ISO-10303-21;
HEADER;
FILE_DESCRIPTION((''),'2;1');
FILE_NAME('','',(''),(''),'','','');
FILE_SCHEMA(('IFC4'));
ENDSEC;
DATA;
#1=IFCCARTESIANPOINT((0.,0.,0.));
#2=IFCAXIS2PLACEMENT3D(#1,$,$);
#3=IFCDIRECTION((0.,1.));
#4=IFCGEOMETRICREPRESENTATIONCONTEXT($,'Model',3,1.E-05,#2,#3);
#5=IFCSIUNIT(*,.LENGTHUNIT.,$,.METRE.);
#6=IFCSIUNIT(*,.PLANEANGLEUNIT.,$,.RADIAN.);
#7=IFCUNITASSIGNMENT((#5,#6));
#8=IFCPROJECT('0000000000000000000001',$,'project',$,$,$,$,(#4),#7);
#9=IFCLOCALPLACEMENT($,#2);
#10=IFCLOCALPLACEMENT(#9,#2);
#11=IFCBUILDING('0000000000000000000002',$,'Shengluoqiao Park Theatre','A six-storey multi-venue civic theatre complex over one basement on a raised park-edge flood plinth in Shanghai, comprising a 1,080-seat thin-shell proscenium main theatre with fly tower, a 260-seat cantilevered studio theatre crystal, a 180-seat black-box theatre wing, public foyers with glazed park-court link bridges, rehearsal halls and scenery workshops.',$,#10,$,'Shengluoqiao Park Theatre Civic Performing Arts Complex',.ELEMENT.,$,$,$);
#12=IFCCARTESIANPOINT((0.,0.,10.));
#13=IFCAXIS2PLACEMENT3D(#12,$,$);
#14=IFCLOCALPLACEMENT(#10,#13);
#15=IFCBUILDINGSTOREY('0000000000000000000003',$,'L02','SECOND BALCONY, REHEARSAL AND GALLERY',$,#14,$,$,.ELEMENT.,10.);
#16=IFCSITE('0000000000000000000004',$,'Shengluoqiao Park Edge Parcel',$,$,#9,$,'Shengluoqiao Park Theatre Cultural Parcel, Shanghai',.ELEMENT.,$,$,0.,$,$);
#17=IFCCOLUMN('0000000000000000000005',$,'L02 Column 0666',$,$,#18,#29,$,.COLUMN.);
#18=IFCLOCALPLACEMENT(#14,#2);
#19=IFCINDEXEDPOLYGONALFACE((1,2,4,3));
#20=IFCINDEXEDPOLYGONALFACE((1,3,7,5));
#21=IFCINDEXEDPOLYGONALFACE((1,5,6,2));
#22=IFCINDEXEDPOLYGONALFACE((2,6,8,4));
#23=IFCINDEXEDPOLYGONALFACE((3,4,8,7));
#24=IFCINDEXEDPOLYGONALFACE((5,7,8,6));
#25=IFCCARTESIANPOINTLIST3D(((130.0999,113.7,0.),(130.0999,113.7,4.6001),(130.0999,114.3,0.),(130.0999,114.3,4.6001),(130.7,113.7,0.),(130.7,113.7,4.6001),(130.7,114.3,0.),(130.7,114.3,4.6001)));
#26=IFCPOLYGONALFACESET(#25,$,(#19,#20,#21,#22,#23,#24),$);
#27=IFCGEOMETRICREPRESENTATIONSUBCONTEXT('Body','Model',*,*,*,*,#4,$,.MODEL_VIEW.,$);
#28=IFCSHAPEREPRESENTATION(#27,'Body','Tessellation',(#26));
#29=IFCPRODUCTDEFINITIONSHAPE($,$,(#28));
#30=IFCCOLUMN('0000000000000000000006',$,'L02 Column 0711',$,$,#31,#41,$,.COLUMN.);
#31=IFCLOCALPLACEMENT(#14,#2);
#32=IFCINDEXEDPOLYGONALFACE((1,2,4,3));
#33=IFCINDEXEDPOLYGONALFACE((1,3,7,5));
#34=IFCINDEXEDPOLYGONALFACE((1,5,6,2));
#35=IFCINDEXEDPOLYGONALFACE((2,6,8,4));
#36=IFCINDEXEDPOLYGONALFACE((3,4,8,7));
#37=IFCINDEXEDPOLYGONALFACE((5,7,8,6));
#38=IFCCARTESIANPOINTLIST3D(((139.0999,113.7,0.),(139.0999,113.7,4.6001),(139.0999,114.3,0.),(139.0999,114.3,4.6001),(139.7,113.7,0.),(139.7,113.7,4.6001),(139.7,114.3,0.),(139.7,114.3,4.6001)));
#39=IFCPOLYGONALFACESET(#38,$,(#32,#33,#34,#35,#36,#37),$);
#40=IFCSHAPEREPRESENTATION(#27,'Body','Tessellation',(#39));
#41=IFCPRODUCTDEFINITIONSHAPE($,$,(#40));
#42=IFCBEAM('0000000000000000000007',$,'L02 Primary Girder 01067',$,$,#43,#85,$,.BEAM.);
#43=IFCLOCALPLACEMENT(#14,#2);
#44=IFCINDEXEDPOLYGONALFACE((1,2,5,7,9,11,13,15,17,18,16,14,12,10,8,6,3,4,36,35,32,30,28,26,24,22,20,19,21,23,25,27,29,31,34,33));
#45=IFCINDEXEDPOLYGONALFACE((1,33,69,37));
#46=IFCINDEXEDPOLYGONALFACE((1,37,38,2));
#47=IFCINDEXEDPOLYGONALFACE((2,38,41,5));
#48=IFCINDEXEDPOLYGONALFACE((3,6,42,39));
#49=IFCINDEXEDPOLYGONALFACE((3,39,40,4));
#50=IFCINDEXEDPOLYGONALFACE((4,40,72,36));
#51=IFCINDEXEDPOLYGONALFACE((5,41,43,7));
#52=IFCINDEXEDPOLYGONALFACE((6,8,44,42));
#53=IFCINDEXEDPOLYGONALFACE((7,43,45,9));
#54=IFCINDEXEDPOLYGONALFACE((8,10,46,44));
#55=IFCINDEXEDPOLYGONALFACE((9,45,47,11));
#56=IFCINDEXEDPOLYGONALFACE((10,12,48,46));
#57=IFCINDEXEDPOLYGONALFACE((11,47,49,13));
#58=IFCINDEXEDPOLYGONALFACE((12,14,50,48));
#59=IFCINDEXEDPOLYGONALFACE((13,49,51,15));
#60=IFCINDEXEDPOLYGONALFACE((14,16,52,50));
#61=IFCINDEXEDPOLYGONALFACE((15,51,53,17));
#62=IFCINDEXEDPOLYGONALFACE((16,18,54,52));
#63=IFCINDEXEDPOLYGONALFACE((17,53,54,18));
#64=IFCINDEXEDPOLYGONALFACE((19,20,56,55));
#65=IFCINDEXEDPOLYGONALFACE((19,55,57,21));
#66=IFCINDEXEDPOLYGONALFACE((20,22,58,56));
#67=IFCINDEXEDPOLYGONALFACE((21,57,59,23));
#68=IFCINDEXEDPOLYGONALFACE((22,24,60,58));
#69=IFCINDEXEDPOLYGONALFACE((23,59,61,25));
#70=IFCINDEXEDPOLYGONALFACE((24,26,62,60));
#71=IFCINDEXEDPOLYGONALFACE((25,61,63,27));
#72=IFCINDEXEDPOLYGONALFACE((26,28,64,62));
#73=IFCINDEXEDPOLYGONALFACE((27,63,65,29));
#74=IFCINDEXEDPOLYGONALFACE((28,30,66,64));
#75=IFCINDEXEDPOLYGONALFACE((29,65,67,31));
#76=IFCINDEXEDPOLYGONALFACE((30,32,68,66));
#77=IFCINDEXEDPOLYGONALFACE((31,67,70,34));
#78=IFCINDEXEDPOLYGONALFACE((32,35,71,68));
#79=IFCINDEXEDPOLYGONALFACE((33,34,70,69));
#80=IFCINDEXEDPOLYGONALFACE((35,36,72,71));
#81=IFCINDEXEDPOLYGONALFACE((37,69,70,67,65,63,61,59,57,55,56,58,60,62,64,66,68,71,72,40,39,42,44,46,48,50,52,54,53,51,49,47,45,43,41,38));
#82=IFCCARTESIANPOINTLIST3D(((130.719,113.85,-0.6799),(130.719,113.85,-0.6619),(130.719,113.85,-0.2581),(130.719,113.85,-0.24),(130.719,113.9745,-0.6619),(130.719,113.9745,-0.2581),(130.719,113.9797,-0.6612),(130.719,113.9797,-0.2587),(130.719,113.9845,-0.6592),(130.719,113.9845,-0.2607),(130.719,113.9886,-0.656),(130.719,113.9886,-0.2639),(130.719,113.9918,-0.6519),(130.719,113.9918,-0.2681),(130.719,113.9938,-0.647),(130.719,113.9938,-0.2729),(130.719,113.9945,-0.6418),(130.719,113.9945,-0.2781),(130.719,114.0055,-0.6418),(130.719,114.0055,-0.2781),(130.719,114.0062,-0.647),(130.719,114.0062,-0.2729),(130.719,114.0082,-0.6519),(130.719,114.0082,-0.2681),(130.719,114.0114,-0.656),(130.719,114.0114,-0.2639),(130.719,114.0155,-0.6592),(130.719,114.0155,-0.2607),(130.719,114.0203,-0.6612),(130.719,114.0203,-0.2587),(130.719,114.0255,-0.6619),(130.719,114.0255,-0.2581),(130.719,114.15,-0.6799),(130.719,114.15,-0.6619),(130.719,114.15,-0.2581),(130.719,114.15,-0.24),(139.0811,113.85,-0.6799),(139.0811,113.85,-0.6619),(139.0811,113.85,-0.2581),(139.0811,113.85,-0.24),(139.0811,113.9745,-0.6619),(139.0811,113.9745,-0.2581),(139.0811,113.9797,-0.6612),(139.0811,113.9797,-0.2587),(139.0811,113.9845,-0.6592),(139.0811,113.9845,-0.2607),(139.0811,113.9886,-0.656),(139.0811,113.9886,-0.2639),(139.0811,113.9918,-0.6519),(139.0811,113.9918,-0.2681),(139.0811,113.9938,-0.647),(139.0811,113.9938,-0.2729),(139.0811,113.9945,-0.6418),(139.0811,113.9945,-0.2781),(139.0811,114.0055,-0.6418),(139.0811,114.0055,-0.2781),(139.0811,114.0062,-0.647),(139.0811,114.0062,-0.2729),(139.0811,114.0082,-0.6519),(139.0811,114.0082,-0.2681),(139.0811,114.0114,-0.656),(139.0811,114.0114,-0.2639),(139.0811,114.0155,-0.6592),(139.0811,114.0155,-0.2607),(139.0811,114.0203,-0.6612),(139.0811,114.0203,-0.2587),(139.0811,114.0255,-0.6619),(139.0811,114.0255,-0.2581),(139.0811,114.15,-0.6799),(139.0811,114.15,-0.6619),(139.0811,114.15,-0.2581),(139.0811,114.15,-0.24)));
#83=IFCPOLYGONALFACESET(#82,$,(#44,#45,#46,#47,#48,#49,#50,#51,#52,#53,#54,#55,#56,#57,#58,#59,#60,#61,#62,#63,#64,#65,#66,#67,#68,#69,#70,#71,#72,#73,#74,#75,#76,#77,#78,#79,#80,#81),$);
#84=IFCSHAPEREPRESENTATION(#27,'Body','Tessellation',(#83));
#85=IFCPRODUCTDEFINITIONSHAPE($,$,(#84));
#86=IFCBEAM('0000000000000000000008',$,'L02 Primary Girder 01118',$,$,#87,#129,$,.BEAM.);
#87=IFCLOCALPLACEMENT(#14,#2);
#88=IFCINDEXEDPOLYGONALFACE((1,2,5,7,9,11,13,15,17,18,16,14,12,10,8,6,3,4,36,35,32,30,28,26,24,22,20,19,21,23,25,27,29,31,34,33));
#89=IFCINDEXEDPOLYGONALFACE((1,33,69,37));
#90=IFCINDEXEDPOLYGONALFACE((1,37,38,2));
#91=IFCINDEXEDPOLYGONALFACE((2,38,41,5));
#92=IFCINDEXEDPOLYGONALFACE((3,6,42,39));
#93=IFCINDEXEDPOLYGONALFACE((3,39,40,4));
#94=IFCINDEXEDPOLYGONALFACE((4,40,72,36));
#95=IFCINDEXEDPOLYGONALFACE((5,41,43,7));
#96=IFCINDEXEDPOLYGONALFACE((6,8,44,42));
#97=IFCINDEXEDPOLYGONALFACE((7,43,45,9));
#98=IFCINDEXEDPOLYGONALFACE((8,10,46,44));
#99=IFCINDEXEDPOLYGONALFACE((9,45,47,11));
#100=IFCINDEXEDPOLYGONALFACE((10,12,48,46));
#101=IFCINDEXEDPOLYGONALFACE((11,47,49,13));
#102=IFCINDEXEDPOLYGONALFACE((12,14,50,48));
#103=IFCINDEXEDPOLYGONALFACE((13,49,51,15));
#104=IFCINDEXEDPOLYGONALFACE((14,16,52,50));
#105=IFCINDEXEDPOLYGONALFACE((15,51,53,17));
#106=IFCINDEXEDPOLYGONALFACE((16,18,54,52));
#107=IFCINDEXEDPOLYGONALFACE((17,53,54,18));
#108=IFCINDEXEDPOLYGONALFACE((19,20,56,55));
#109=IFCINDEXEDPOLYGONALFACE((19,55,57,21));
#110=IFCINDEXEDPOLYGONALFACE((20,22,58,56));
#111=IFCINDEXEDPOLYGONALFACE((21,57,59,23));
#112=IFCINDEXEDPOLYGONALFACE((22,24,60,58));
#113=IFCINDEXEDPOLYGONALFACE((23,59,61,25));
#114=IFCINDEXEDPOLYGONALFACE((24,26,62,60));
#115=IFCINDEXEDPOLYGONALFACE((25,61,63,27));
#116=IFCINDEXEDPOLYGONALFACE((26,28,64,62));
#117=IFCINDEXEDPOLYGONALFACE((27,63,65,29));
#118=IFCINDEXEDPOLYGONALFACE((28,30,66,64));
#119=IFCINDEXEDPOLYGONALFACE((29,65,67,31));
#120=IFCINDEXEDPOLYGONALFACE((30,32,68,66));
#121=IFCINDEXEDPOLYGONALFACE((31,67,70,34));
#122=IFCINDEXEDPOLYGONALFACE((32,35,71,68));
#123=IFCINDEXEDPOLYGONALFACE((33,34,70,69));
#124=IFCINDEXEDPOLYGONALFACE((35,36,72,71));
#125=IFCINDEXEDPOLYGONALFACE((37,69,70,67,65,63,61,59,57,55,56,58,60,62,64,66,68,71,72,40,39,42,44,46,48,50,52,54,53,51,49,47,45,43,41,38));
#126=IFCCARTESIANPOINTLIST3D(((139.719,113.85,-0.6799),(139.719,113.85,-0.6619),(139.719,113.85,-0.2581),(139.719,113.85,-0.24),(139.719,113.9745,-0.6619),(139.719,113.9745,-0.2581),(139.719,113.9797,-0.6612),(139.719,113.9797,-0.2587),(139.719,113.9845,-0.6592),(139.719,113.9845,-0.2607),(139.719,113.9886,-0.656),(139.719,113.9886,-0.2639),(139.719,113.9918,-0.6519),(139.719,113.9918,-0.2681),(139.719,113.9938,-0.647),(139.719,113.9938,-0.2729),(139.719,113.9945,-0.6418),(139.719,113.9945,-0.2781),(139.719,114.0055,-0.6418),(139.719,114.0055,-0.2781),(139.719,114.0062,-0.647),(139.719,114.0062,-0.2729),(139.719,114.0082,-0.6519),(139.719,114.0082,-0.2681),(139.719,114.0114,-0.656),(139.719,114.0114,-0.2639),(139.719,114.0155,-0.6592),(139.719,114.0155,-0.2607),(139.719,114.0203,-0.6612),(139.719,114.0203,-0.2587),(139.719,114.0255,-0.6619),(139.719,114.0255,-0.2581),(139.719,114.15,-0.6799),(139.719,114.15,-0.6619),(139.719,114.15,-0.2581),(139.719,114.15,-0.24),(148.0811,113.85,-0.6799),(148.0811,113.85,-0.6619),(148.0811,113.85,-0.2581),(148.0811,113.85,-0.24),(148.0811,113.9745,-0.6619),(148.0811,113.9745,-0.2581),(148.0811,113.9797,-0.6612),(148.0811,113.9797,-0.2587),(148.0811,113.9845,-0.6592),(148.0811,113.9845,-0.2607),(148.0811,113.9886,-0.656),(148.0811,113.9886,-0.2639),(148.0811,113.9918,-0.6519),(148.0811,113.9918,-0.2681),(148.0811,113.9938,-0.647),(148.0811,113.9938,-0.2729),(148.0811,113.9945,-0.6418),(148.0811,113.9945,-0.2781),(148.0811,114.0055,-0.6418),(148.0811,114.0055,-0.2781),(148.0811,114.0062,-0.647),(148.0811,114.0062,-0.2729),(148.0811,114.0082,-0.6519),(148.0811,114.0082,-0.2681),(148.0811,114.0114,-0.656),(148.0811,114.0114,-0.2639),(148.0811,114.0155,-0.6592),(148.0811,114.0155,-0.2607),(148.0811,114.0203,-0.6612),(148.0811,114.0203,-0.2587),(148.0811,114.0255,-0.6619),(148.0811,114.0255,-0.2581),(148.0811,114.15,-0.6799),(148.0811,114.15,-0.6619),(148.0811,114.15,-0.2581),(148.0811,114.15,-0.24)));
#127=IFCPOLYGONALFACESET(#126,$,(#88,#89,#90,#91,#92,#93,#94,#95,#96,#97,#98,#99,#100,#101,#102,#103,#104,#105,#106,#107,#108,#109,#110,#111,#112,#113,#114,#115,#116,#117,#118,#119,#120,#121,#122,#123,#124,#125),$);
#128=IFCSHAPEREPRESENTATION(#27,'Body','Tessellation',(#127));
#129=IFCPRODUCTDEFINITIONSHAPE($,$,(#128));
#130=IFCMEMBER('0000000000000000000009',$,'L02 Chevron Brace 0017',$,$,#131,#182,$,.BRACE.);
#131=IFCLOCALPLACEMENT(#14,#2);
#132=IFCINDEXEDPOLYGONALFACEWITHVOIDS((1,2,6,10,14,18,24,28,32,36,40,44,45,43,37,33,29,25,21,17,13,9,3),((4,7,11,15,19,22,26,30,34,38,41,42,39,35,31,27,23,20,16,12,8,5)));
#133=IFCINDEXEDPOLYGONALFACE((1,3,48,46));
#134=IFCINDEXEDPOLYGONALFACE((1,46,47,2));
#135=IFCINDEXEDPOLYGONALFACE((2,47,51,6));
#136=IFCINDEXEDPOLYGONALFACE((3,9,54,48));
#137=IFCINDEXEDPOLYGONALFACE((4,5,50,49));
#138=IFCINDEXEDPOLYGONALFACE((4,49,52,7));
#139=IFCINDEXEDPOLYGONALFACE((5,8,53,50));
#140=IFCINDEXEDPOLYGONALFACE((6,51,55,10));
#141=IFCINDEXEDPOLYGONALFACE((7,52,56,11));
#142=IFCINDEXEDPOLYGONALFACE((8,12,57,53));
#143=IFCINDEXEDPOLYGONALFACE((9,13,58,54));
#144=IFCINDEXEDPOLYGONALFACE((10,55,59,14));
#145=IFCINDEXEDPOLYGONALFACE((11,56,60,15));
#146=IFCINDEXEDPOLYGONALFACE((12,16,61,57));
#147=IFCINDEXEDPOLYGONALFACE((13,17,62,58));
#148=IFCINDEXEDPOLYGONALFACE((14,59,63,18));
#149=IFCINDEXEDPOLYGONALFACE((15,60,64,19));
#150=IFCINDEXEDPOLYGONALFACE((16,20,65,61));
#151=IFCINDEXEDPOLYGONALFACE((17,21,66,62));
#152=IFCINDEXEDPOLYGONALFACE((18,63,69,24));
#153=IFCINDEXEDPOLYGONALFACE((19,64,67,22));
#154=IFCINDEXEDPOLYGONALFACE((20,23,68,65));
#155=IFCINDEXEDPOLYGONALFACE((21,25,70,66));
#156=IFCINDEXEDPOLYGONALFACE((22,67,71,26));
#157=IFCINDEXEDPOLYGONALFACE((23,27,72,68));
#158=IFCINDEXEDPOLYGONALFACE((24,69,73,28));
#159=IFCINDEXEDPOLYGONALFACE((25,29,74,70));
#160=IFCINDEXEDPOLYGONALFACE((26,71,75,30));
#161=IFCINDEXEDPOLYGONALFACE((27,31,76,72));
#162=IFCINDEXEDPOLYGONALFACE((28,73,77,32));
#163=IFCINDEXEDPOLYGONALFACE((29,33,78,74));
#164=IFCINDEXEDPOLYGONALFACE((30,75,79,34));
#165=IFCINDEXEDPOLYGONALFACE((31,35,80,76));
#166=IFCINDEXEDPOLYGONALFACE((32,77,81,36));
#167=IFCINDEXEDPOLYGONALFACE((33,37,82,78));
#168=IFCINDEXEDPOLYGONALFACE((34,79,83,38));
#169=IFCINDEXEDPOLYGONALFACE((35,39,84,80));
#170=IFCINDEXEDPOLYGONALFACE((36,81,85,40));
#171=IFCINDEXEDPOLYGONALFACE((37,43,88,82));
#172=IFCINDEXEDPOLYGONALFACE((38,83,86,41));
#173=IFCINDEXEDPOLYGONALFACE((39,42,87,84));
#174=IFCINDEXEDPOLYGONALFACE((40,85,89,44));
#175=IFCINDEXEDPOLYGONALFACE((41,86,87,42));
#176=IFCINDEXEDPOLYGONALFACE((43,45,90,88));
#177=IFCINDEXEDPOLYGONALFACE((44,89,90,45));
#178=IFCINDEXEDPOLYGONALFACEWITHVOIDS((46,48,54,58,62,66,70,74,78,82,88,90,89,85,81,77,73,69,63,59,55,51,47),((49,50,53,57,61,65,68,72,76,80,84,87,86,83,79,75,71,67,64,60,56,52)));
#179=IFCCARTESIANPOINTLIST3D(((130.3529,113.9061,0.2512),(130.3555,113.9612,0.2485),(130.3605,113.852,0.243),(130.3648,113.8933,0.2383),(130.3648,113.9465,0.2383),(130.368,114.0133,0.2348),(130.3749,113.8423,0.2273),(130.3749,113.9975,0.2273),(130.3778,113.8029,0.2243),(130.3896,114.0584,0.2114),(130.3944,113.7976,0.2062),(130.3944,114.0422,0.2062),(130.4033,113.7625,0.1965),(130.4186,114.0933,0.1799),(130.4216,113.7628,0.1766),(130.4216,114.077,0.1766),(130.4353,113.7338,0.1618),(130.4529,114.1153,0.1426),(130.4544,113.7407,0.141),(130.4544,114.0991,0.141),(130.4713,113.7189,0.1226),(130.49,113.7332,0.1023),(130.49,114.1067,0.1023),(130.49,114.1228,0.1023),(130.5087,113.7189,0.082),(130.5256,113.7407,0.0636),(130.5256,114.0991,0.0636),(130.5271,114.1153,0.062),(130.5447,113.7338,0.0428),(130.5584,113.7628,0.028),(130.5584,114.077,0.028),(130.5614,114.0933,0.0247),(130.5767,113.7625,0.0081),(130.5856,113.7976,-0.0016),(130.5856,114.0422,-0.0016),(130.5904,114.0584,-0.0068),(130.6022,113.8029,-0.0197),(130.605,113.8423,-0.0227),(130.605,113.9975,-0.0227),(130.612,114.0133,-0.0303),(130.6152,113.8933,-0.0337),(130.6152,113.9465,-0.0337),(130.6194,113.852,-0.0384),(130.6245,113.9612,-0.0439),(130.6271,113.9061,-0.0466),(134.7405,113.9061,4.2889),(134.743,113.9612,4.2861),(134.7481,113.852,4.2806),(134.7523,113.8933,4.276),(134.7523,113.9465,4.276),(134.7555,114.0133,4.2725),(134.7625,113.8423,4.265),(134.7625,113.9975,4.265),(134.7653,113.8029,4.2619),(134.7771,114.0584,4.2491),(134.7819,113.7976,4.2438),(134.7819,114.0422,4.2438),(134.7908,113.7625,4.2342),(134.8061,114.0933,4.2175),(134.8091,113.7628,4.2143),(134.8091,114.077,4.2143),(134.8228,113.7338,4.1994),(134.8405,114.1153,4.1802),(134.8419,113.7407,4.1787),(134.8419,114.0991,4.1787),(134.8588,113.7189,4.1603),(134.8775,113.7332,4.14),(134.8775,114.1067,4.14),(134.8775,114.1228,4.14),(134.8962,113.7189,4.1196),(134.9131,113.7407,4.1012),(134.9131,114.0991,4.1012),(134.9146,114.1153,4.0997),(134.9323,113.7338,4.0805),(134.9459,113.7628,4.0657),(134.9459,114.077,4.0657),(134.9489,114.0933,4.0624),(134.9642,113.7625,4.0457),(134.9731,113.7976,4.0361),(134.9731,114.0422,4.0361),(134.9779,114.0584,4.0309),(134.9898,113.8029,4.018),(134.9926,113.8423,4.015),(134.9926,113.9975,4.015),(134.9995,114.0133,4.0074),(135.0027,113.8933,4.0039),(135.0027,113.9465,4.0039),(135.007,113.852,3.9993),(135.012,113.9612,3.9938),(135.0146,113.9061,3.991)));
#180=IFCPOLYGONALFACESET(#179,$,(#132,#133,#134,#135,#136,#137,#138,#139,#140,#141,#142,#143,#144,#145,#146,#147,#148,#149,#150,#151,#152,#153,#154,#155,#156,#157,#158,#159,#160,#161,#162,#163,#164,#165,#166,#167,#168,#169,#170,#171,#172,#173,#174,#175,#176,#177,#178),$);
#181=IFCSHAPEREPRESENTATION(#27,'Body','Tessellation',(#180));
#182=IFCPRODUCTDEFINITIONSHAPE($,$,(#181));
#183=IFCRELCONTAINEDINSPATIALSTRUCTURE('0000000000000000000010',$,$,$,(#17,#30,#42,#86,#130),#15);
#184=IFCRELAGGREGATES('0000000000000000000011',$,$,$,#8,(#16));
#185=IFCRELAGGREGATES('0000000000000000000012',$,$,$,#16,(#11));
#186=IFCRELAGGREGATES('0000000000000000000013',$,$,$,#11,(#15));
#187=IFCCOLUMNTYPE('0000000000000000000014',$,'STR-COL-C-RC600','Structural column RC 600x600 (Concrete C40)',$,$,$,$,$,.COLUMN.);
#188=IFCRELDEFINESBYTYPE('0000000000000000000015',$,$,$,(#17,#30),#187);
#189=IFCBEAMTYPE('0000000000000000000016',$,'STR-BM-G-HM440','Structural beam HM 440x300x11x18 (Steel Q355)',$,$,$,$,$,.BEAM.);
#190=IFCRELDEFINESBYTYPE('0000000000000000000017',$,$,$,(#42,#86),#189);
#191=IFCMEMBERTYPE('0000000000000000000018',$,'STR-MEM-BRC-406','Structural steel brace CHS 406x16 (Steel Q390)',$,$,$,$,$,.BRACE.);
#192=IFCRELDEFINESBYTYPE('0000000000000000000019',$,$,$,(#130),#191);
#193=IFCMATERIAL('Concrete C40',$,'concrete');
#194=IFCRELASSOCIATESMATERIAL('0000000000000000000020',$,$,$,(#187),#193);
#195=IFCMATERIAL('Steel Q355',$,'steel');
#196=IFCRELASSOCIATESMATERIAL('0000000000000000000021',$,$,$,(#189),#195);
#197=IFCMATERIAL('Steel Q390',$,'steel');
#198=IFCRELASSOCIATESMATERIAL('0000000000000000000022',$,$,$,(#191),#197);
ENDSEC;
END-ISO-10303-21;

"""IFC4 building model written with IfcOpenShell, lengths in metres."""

from ifc_helpers import new_model, si_unit, direction, frame, origin, origin_2d, place, context, subcontext, project, spatial, rectangle, hollow_circle, i_section, extrude, material, material_profile, profile_set, type_object, element, save


model = new_model("IFC4")

# Units and contexts
model_context = context("Model", 3, precision=1e-05, world=origin(), true_north=direction((0.0, 1.0)))
body_context = subcontext(model_context, "Body", "Model", "MODEL_VIEW")
ifc_project = project(units=[si_unit("LENGTHUNIT", "METRE"), si_unit("PLANEANGLEUNIT", "RADIAN")], contexts=[model_context])

# Site, building, storey
site_placement = place(None, origin())
site = spatial("IfcSite", under=ifc_project, at=site_placement, Name="Shengluoqiao Park Edge Parcel", LongName="Shengluoqiao Park Theatre Cultural Parcel, Shanghai", CompositionType="ELEMENT", RefElevation=0.0)
building_placement = place(site_placement, origin())
building = spatial("IfcBuilding", under=site, at=building_placement, Name="Shengluoqiao Park Theatre", Description="A six-storey multi-venue civic theatre complex over one basement on a raised park-edge flood plinth in Shanghai, comprising a 1,080-seat thin-shell proscenium main theatre with fly tower, a 260-seat cantilevered studio theatre crystal, a 180-seat black-box theatre wing, public foyers with glazed park-court link bridges, rehearsal halls and scenery workshops.", LongName="Shengluoqiao Park Theatre Civic Performing Arts Complex", CompositionType="ELEMENT")
storey_placement = place(building_placement, frame((0.0, 0.0, 10.0)))
storey = spatial("IfcBuildingStorey", under=building, at=storey_placement, Name="L02", Description="SECOND BALCONY, REHEARSAL AND GALLERY", CompositionType="ELEMENT", Elevation=10.0)

# Columns
ifc_material_1 = material(Name="Concrete C40", Category="concrete")
ifc_material_profile_1 = material_profile(ifc_material_1, rectangle(XDim=0.6001, YDim=0.6001, at=origin_2d()), Name="RC 600x600")
ifc_profile_set_1 = profile_set([ifc_material_profile_1], Name="Concrete C40")
column_type = type_object("IfcColumnType", Name="STR-COL-C-RC600", Description="Structural column RC 600x600 (Concrete C40)", PredefinedType="COLUMN", material=ifc_profile_set_1)
for number, where, z_axis, x_axis, name in (
    (1, (130.3999, 114.0, 0.0), (0.0, 0.0, 1.0), (1.0, 0.0, 0.0), "L02 Column 0666"),
    (2, (139.3999, 114.0, 0.0), (0.0, 0.0, 1.0), (1.0, 0.0, 0.0), "L02 Column 0711"),
):
    element("IfcColumn", number, at=place(storey_placement, frame(where, z_axis=z_axis, x_axis=x_axis)), inside=storey, type_object=column_type, Name=name, PredefinedType="COLUMN", context=body_context, shape_type="SweptSolid", body=[
        extrude(rectangle(XDim=0.6001, YDim=0.6001, at=origin_2d()), origin(), (0.0, 0.0, 1.0), 4.6001),
    ])

# Beams
ifc_material_2 = material(Name="Steel Q355", Category="steel")
ifc_material_profile_2 = material_profile(ifc_material_2, i_section(OverallWidth=0.3, OverallDepth=0.4399, WebThickness=0.011, FlangeThickness=0.0181, FilletRadius=0.02, at=origin_2d()), Name="HM 440x300x11x18")
ifc_profile_set_2 = profile_set([ifc_material_profile_2], Name="Steel Q355")
beam_type = type_object("IfcBeamType", Name="STR-BM-G-HM440", Description="Structural beam HM 440x300x11x18 (Steel Q355)", PredefinedType="BEAM", material=ifc_profile_set_2)
for number, where, z_axis, x_axis, name in (
    (3, (130.719, 114.0, -0.46), (1.0, 0.0, 0.0), (0.0, 1.0, 0.0), "L02 Primary Girder 01067"),
    (4, (139.719, 114.0, -0.46), (1.0, 0.0, 0.0), (0.0, 1.0, 0.0), "L02 Primary Girder 01118"),
):
    element("IfcBeam", number, at=place(storey_placement, frame(where, z_axis=z_axis, x_axis=x_axis)), inside=storey, type_object=beam_type, Name=name, PredefinedType="BEAM", context=body_context, shape_type="SweptSolid", body=[
        extrude(i_section(OverallWidth=0.3, OverallDepth=0.4399, WebThickness=0.011, FlangeThickness=0.0181, FilletRadius=0.02, at=origin_2d()), origin(), (0.0, 0.0, 1.0), 8.3621),
    ])

# Member
ifc_material_3 = material(Name="Steel Q390", Category="steel")
ifc_material_profile_3 = material_profile(ifc_material_3, hollow_circle(Radius=0.2029, WallThickness=0.0161, at=origin_2d()), Name="CHS 406x16")
ifc_profile_set_3 = profile_set([ifc_material_profile_3], Name="Steel Q390")
member_type = type_object("IfcMemberType", Name="STR-MEM-BRC-406", Description="Structural steel brace CHS 406x16 (Steel Q390)", PredefinedType="BRACE", material=ifc_profile_set_3)
for number, where, z_axis, x_axis, name in (
    (5, (130.49, 113.9199, 0.1023), (0.735836, 0.0, 0.67716), (0.0, 1.0, 0.0), "L02 Chevron Brace 0017"),
):
    element("IfcMember", number, at=place(storey_placement, frame(where, z_axis=z_axis, x_axis=x_axis)), inside=storey, type_object=member_type, Name=name, PredefinedType="BRACE", context=body_context, shape_type="SweptSolid", body=[
        extrude(hollow_circle(Radius=0.2029, WallThickness=0.0161, at=origin_2d()), origin(), (0.0, 0.0, 1.0), 5.9626),
    ])

save(model, "model.ifc")
